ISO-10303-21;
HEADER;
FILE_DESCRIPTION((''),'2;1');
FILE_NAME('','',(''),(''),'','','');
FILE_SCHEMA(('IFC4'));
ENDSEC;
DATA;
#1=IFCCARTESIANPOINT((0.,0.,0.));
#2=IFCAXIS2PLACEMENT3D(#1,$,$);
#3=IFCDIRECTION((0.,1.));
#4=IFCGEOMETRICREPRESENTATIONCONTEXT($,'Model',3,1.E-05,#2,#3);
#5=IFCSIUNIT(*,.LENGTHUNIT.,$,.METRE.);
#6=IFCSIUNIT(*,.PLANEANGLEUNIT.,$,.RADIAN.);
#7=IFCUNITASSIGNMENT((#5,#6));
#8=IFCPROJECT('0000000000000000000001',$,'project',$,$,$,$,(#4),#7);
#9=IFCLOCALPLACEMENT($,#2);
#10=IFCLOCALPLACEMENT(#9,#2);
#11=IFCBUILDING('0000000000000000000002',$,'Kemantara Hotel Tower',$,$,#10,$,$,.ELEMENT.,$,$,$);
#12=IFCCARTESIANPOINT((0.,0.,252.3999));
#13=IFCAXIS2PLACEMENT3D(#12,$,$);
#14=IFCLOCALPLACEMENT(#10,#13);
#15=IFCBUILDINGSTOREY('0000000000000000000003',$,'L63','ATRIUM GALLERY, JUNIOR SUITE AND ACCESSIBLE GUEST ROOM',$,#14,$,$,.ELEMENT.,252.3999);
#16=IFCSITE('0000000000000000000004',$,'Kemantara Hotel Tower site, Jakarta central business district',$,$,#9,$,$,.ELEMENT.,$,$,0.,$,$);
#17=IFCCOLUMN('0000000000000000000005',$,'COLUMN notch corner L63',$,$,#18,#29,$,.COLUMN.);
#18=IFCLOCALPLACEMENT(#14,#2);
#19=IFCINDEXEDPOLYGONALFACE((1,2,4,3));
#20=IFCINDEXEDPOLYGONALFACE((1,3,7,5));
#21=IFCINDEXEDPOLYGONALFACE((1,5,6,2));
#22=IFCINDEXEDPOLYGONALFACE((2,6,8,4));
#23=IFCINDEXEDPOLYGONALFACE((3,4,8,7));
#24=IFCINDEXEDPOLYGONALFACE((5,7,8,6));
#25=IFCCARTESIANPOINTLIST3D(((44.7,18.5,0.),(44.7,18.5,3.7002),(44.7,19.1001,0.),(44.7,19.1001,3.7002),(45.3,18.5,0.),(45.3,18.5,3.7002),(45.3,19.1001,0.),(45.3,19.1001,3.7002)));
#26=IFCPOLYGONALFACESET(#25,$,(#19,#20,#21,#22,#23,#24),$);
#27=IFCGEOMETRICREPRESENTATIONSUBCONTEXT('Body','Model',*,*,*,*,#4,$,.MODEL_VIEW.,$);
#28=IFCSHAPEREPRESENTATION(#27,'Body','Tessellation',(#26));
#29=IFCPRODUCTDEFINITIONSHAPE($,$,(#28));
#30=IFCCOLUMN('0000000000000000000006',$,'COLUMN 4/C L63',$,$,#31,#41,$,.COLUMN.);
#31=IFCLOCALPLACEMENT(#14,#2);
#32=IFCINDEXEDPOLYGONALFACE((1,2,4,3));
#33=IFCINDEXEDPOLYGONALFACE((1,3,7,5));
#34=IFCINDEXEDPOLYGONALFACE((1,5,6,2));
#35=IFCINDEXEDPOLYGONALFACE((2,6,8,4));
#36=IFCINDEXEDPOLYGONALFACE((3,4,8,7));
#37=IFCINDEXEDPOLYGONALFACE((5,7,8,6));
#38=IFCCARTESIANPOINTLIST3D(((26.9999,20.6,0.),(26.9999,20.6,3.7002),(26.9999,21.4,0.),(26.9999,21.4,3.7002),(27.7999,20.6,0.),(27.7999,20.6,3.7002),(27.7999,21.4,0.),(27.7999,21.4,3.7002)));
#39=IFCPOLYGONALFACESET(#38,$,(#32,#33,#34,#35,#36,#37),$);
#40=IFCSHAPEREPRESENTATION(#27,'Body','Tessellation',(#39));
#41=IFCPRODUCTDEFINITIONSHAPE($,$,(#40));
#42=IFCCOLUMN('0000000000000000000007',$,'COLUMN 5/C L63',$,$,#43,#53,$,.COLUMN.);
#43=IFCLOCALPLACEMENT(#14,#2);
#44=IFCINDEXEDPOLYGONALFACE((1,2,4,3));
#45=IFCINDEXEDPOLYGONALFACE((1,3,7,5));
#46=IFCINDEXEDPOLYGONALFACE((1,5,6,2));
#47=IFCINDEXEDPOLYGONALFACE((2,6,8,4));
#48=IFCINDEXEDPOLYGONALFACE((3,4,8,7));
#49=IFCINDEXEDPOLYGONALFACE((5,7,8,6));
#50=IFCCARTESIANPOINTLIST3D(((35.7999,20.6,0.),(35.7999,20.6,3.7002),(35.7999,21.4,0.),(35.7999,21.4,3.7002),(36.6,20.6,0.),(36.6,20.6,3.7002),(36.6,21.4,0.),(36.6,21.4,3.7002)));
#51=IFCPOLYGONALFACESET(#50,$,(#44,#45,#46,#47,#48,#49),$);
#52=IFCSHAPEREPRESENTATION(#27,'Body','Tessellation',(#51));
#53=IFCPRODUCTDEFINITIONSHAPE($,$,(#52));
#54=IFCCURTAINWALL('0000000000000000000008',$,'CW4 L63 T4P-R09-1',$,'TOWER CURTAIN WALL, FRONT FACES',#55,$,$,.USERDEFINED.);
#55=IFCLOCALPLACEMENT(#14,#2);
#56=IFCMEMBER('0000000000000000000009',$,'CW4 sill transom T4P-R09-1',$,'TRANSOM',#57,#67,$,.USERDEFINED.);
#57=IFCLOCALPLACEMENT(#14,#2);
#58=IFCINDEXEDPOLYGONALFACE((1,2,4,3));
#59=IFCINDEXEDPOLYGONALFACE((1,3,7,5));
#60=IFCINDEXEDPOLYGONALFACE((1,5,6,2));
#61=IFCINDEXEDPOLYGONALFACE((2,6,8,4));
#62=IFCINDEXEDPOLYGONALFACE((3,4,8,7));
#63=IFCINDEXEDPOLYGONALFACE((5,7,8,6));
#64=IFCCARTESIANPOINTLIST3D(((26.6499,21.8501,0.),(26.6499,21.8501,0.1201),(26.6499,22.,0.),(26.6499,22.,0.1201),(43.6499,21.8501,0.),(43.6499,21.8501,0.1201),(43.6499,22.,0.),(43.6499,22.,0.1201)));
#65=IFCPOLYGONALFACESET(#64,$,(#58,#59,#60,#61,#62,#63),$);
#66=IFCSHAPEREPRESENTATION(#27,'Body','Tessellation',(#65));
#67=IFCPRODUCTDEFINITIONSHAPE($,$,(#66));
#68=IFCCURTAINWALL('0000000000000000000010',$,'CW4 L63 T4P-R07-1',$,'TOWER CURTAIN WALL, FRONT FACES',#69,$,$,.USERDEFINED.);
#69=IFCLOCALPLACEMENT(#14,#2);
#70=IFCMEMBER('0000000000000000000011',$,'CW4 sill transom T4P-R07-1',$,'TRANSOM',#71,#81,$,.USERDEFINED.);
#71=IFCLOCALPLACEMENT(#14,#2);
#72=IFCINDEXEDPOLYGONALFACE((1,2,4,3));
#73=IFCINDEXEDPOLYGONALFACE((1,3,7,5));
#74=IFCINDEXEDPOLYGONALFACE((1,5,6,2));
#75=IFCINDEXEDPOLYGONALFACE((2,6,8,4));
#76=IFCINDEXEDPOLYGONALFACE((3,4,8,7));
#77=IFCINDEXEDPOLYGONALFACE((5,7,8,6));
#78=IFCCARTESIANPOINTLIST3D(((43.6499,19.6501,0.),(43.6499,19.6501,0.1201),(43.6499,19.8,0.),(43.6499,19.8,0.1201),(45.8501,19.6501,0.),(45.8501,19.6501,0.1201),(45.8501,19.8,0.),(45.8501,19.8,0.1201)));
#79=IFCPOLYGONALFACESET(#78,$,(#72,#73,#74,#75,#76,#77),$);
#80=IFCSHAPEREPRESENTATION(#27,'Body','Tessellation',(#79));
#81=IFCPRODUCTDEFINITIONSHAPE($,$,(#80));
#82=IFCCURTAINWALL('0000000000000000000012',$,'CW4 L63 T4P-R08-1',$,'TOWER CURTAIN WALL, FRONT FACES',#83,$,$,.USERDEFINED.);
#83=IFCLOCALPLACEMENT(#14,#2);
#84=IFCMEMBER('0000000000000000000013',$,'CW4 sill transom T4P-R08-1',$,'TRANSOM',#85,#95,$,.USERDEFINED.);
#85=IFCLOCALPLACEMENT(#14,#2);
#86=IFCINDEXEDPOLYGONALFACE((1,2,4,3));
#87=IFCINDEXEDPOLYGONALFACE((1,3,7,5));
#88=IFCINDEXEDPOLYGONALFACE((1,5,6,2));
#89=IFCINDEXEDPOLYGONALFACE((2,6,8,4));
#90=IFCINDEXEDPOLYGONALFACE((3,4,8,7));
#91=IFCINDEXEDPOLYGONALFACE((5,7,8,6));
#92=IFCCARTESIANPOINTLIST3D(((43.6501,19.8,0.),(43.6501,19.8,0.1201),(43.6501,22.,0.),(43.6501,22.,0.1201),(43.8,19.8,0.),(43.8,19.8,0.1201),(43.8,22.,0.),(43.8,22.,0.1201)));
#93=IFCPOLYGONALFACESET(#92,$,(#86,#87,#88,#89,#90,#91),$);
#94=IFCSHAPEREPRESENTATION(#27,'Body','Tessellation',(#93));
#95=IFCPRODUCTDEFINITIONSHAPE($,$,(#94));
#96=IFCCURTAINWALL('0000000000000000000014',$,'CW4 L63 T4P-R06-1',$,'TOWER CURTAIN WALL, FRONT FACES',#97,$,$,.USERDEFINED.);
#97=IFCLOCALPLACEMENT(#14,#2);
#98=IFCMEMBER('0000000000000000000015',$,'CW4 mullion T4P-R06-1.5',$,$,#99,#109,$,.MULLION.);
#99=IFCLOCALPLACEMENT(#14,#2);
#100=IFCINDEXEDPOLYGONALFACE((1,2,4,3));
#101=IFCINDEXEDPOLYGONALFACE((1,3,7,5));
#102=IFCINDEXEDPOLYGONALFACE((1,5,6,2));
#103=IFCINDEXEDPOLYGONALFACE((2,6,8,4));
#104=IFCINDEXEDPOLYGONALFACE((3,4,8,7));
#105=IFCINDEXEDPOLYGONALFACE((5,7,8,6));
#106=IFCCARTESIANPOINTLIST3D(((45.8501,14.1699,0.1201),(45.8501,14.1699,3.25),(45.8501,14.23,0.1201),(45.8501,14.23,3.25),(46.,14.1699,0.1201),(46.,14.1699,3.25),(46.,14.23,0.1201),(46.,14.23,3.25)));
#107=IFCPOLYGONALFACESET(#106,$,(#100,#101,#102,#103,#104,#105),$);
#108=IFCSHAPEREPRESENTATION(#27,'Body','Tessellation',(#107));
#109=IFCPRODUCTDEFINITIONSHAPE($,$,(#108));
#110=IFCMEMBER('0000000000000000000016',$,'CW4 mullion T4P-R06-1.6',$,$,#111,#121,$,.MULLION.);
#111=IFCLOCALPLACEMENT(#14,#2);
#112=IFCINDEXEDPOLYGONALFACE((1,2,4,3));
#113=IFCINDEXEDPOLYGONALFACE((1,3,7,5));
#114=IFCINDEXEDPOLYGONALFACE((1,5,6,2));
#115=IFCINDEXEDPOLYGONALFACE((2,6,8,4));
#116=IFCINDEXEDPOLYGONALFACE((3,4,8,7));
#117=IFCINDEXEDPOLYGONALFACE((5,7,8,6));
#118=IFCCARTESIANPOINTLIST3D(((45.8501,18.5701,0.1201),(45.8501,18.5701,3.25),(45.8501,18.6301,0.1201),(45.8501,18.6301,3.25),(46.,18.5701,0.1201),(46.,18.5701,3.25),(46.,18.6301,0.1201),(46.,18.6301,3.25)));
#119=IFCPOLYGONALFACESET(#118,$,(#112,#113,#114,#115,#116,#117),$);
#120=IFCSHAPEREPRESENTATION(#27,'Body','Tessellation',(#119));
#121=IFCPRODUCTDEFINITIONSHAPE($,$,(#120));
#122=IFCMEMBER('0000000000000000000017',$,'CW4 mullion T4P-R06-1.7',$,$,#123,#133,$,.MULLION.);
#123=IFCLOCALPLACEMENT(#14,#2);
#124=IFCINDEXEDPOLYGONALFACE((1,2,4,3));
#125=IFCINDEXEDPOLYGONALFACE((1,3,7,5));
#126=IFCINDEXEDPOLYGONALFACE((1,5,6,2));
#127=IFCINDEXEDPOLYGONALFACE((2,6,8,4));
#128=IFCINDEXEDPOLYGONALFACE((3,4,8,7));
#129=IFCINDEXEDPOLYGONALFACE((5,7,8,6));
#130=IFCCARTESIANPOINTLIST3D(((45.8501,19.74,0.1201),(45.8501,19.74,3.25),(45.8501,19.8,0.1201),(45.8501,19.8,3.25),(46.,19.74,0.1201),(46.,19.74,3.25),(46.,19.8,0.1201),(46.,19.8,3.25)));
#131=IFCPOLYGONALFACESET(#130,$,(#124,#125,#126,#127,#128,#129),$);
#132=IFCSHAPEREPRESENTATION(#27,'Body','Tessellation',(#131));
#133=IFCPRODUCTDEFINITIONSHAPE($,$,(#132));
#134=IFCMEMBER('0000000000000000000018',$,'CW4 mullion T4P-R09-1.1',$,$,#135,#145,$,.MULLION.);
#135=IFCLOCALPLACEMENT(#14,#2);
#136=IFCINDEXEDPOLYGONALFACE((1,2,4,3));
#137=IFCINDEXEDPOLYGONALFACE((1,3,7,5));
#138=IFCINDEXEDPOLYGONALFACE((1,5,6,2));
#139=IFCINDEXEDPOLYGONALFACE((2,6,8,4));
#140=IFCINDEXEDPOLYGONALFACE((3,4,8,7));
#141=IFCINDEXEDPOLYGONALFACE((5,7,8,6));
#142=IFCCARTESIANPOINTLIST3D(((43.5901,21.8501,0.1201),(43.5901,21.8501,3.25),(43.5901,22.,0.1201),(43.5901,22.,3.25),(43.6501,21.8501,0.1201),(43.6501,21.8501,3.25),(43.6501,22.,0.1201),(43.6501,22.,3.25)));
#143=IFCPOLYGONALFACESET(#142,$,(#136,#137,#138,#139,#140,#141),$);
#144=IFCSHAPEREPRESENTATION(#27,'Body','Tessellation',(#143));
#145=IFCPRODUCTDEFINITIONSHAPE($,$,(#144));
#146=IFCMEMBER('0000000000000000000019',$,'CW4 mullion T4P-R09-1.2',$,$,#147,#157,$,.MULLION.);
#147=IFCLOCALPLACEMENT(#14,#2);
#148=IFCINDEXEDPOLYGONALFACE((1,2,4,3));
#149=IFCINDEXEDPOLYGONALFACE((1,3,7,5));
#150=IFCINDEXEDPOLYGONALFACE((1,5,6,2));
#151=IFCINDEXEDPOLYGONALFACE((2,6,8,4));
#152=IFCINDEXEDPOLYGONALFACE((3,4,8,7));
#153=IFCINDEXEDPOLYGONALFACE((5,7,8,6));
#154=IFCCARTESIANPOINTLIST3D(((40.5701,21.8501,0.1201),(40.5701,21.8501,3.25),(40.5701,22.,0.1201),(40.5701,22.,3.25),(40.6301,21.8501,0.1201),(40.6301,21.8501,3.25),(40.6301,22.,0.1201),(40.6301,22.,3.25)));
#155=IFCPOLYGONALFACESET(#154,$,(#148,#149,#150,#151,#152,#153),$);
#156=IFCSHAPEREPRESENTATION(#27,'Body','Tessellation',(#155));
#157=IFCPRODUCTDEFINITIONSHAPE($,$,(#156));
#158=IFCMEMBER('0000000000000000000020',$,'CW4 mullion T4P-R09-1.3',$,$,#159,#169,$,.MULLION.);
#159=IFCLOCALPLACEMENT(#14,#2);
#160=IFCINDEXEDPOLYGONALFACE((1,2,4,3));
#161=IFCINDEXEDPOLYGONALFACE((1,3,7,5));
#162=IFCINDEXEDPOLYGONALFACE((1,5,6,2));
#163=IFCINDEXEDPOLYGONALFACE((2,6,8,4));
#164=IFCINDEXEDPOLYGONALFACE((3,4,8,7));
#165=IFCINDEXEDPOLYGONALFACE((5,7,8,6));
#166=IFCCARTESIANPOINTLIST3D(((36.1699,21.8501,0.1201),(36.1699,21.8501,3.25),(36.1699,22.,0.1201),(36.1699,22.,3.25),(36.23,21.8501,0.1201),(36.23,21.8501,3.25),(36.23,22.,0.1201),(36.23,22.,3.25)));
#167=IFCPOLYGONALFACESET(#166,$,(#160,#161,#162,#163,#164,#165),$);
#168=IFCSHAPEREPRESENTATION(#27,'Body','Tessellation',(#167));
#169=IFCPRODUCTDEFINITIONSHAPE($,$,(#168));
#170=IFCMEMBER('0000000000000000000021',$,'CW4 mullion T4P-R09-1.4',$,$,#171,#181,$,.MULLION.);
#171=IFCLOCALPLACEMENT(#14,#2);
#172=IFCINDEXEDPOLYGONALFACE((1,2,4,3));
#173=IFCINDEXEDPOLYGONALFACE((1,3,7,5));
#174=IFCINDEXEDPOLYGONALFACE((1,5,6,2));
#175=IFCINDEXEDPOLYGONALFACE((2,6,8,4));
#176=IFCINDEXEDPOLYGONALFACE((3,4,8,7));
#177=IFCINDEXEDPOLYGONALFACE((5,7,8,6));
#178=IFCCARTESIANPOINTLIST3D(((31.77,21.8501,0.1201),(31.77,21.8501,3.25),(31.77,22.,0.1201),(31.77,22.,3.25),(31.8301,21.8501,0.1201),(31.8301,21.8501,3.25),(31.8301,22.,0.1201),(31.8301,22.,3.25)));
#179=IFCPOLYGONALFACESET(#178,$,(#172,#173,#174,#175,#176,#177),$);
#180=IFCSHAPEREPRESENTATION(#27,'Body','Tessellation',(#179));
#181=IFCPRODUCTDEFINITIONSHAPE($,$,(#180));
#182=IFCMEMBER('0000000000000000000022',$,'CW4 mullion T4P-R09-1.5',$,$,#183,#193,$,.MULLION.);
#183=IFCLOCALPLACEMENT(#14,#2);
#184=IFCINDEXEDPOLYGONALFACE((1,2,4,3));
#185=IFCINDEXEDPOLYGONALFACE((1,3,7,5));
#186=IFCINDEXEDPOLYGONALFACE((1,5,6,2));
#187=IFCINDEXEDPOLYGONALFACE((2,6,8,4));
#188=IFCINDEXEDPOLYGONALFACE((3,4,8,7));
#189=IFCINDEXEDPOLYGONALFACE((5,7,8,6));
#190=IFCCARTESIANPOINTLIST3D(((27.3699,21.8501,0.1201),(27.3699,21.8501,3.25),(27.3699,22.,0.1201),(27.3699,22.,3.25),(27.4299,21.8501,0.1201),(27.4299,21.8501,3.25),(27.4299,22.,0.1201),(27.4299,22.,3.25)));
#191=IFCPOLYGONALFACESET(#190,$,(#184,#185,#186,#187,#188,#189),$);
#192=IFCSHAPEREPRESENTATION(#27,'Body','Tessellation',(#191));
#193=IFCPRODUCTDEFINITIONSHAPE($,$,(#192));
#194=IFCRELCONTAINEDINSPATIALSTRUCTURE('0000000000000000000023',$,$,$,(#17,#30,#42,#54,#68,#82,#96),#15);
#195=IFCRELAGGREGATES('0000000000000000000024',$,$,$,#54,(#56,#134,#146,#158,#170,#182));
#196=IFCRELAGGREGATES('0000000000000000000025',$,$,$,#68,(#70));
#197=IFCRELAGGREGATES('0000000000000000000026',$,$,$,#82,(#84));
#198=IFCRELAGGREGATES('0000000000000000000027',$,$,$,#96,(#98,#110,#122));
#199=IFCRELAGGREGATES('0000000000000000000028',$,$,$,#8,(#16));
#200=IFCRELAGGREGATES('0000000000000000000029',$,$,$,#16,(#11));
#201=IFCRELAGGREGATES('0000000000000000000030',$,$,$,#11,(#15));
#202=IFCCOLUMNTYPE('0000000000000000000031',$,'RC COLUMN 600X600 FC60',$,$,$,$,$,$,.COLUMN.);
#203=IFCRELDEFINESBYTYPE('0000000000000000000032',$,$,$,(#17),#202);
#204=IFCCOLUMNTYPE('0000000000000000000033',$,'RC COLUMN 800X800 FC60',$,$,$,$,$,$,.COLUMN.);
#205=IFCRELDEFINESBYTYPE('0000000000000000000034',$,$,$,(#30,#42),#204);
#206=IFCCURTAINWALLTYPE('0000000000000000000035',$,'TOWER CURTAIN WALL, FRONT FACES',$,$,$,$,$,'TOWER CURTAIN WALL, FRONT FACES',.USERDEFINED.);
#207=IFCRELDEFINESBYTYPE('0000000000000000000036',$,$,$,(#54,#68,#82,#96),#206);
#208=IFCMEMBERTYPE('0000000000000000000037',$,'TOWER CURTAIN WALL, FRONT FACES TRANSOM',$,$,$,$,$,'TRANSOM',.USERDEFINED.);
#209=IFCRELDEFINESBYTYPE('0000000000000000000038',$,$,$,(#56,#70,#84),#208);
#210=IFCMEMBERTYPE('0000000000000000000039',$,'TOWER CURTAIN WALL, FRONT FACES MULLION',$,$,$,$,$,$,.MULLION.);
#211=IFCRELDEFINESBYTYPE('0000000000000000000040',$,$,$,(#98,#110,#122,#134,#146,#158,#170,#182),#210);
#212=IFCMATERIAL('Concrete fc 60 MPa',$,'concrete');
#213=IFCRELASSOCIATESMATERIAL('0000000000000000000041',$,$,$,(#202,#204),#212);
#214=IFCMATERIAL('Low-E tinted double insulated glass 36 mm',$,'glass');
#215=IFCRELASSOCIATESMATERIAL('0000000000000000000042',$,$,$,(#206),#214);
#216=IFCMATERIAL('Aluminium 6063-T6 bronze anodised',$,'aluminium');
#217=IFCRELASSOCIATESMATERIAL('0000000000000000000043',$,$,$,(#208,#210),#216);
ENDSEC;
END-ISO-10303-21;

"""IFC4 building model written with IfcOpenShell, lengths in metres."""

from ifc_helpers import new_model, si_unit, direction, frame, origin, origin_2d, place, context, subcontext, project, spatial, rectangle, extrude, source, transform, mapped, material, material_profile, profile_set, type_object, element, aggregate, save


model = new_model("IFC4")

# Units and contexts
model_context = context("Model", 3, precision=1e-05, world=origin(), true_north=direction((0.0, 1.0)))
body_context = subcontext(model_context, "Body", "Model", "MODEL_VIEW")
ifc_project = project(units=[si_unit("LENGTHUNIT", "METRE"), si_unit("PLANEANGLEUNIT", "RADIAN")], contexts=[model_context])

# Site, building, storey
site_placement = place(None, origin())
site = spatial("IfcSite", under=ifc_project, at=site_placement, Name="Kemantara Hotel Tower site, Jakarta central business district", CompositionType="ELEMENT", RefElevation=0.0)
building_placement = place(site_placement, origin())
building = spatial("IfcBuilding", under=site, at=building_placement, Name="Kemantara Hotel Tower", CompositionType="ELEMENT")
storey_placement = place(building_placement, frame((0.0, 0.0, 252.3999)))
storey = spatial("IfcBuildingStorey", under=building, at=storey_placement, Name="L63", Description="ATRIUM GALLERY, JUNIOR SUITE AND ACCESSIBLE GUEST ROOM", CompositionType="ELEMENT", Elevation=252.3999)

# Columns
ifc_material_1 = material(Name="Concrete fc 60 MPa", Category="concrete")
ifc_material_profile_1 = material_profile(ifc_material_1, rectangle(XDim=0.6001, YDim=0.6001, at=origin_2d()), Name="RC 600X600")
ifc_profile_set_1 = profile_set([ifc_material_profile_1], Name="Concrete fc 60 MPa")
column_type_1 = type_object("IfcColumnType", Name="RC COLUMN 600X600 FC60", PredefinedType="COLUMN", material=ifc_profile_set_1)
column_placement = place(storey_placement, frame((45.0, 18.8, 0.0), z_axis=(0.0, 0.0, 1.0), x_axis=(1.0, 0.0, 0.0)))
element("IfcColumn", 1, at=column_placement, inside=storey, type_object=column_type_1, Name="COLUMN notch corner L63", PredefinedType="COLUMN", context=body_context, shape_type="SweptSolid", body=[
    extrude(rectangle(XDim=0.6001, YDim=0.6001, at=origin_2d()), origin(), (0.0, 0.0, 1.0), 3.7002),
])
ifc_material_profile_2 = material_profile(ifc_material_1, rectangle(XDim=0.8, YDim=0.8, at=origin_2d()), Name="RC 800X800")
ifc_profile_set_2 = profile_set([ifc_material_profile_2], Name="Concrete fc 60 MPa")
column_type_2 = type_object("IfcColumnType", Name="RC COLUMN 800X800 FC60", PredefinedType="COLUMN", material=ifc_profile_set_2)
for number, where, z_axis, x_axis, name in (
    (2, (27.3999, 21.0, 0.0), (0.0, 0.0, 1.0), (1.0, 0.0, 0.0), "COLUMN 4/C L63"),
    (3, (36.2, 21.0, 0.0), (0.0, 0.0, 1.0), (1.0, 0.0, 0.0), "COLUMN 5/C L63"),
):
    element("IfcColumn", number, at=place(storey_placement, frame(where, z_axis=z_axis, x_axis=x_axis)), inside=storey, type_object=column_type_2, Name=name, PredefinedType="COLUMN", context=body_context, shape_type="SweptSolid", body=[
        extrude(rectangle(XDim=0.8, YDim=0.8, at=origin_2d()), origin(), (0.0, 0.0, 1.0), 3.7002),
    ])

# Curtain walls, members
ifc_material_2 = material(Name="Low-E tinted double insulated glass 36 mm", Category="glass")
curtain_wall_type = type_object("IfcCurtainWallType", Name="TOWER CURTAIN WALL, FRONT FACES", ElementType="TOWER CURTAIN WALL, FRONT FACES", PredefinedType="USERDEFINED", material=ifc_material_2)
curtain_wall_1_placement = place(storey_placement, origin())
curtain_wall_1 = element("IfcCurtainWall", 4, at=curtain_wall_1_placement, inside=storey, type_object=curtain_wall_type, Name="CW4 L63 T4P-R09-1", ObjectType="TOWER CURTAIN WALL, FRONT FACES", PredefinedType="USERDEFINED")
ifc_material_3 = material(Name="Aluminium 6063-T6 bronze anodised", Category="aluminium")
ifc_material_profile_3 = material_profile(ifc_material_3, rectangle(XDim=0.1499, YDim=0.1201, at=origin_2d()), Name="TOWER CURTAIN WALL, FRONT FACES TRANSOM")
ifc_profile_set_3 = profile_set([ifc_material_profile_3], Name="Aluminium 6063-T6 bronze anodised")
member_type_1 = type_object("IfcMemberType", Name="TOWER CURTAIN WALL, FRONT FACES TRANSOM", ElementType="TRANSOM", PredefinedType="USERDEFINED", material=ifc_profile_set_3)
member_1_placement = place(storey_placement, frame((43.6499, 21.925, 0.0601), z_axis=(-1.0, 0.0, 0.0), x_axis=(0.0, -1.0, 0.0)))
member_1 = element("IfcMember", 5, at=member_1_placement, type_object=member_type_1, Name="CW4 sill transom T4P-R09-1", ObjectType="TRANSOM", PredefinedType="USERDEFINED", context=body_context, shape_type="SweptSolid", body=[
    extrude(rectangle(XDim=0.1499, YDim=0.1201, at=origin_2d()), origin(), (0.0, 0.0, 1.0), 17.0),
])
curtain_wall_2_placement = place(storey_placement, origin())
curtain_wall_2 = element("IfcCurtainWall", 6, at=curtain_wall_2_placement, inside=storey, type_object=curtain_wall_type, Name="CW4 L63 T4P-R07-1", ObjectType="TOWER CURTAIN WALL, FRONT FACES", PredefinedType="USERDEFINED")
member_2_placement = place(storey_placement, frame((45.8501, 19.7251, 0.0601), z_axis=(-1.0, 0.0, 0.0), x_axis=(0.0, -1.0, 0.0)))
member_2 = element("IfcMember", 7, at=member_2_placement, type_object=member_type_1, Name="CW4 sill transom T4P-R07-1", ObjectType="TRANSOM", PredefinedType="USERDEFINED", context=body_context, shape_type="SweptSolid", body=[
    extrude(rectangle(XDim=0.1499, YDim=0.1201, at=origin_2d()), origin(), (0.0, 0.0, 1.0), 2.2002),
])
curtain_wall_3_placement = place(storey_placement, origin())
curtain_wall_3 = element("IfcCurtainWall", 8, at=curtain_wall_3_placement, inside=storey, type_object=curtain_wall_type, Name="CW4 L63 T4P-R08-1", ObjectType="TOWER CURTAIN WALL, FRONT FACES", PredefinedType="USERDEFINED")
member_3_placement = place(storey_placement, frame((43.7251, 19.8, 0.0601), z_axis=(0.0, 1.0, 0.0), x_axis=(-1.0, 0.0, 0.0)))
member_3 = element("IfcMember", 9, at=member_3_placement, type_object=member_type_1, Name="CW4 sill transom T4P-R08-1", ObjectType="TRANSOM", PredefinedType="USERDEFINED", context=body_context, shape_type="SweptSolid", body=[
    extrude(rectangle(XDim=0.1499, YDim=0.1201, at=origin_2d()), origin(), (0.0, 0.0, 1.0), 2.2),
])

# Curtain wall, members
curtain_wall_4_placement = place(storey_placement, origin())
curtain_wall_4 = element("IfcCurtainWall", 10, at=curtain_wall_4_placement, inside=storey, type_object=curtain_wall_type, Name="CW4 L63 T4P-R06-1", ObjectType="TOWER CURTAIN WALL, FRONT FACES", PredefinedType="USERDEFINED")
ifc_material_profile_4 = material_profile(ifc_material_3, rectangle(XDim=0.1499, YDim=0.0601, at=origin_2d()), Name="TOWER CURTAIN WALL, FRONT FACES MULLION")
ifc_profile_set_4 = profile_set([ifc_material_profile_4], Name="Aluminium 6063-T6 bronze anodised")
member_type_2 = type_object("IfcMemberType", Name="TOWER CURTAIN WALL, FRONT FACES MULLION", PredefinedType="MULLION", material=ifc_profile_set_4)
shared_shape_1 = source(origin(), body_context, "Body", "SweptSolid", [
    extrude(rectangle(XDim=0.1499, YDim=0.0601, at=origin_2d()), origin(), (0.0, 0.0, 1.0), 3.1299),
])
member_4_placement = place(storey_placement, frame((45.925, 14.2, 0.1201), z_axis=(0.0, 0.0, 1.0), x_axis=(-1.0, 0.0, 0.0)))
member_4 = element("IfcMember", 11, at=member_4_placement, type_object=member_type_2, Name="CW4 mullion T4P-R06-1.5", PredefinedType="MULLION", context=body_context, shape_type="MappedRepresentation", body=[
    mapped(shared_shape_1, transform((0.0, 0.0, 0.0))),
])
member_5_placement = place(storey_placement, frame((45.925, 18.6001, 0.1201), z_axis=(0.0, 0.0, 1.0), x_axis=(-1.0, 0.0, 0.0)))
member_5 = element("IfcMember", 12, at=member_5_placement, type_object=member_type_2, Name="CW4 mullion T4P-R06-1.6", PredefinedType="MULLION", context=body_context, shape_type="MappedRepresentation", body=[
    mapped(shared_shape_1, transform((0.0, 0.0, 0.0))),
])
member_6_placement = place(storey_placement, frame((45.925, 19.77, 0.1201), z_axis=(0.0, 0.0, 1.0), x_axis=(-1.0, 0.0, 0.0)))
member_6 = element("IfcMember", 13, at=member_6_placement, type_object=member_type_2, Name="CW4 mullion T4P-R06-1.7", PredefinedType="MULLION", context=body_context, shape_type="MappedRepresentation", body=[
    mapped(shared_shape_1, transform((0.0, 0.0, 0.0))),
])

# Members
member_7_placement = place(storey_placement, frame((43.6201, 21.925, 0.1201), z_axis=(0.0, 0.0, 1.0), x_axis=(0.0, -1.0, 0.0)))
member_7 = element("IfcMember", 14, at=member_7_placement, type_object=member_type_2, Name="CW4 mullion T4P-R09-1.1", PredefinedType="MULLION", context=body_context, shape_type="MappedRepresentation", body=[
    mapped(shared_shape_1, transform((0.0, 0.0, 0.0))),
])
member_8_placement = place(storey_placement, frame((40.6001, 21.925, 0.1201), z_axis=(0.0, 0.0, 1.0), x_axis=(0.0, -1.0, 0.0)))
member_8 = element("IfcMember", 15, at=member_8_placement, type_object=member_type_2, Name="CW4 mullion T4P-R09-1.2", PredefinedType="MULLION", context=body_context, shape_type="MappedRepresentation", body=[
    mapped(shared_shape_1, transform((0.0, 0.0, 0.0))),
])
member_9_placement = place(storey_placement, frame((36.2, 21.925, 0.1201), z_axis=(0.0, 0.0, 1.0), x_axis=(0.0, -1.0, 0.0)))
member_9 = element("IfcMember", 16, at=member_9_placement, type_object=member_type_2, Name="CW4 mullion T4P-R09-1.3", PredefinedType="MULLION", context=body_context, shape_type="MappedRepresentation", body=[
    mapped(shared_shape_1, transform((0.0, 0.0, 0.0))),
])
member_10_placement = place(storey_placement, frame((31.8, 21.925, 0.1201), z_axis=(0.0, 0.0, 1.0), x_axis=(0.0, -1.0, 0.0)))
member_10 = element("IfcMember", 17, at=member_10_placement, type_object=member_type_2, Name="CW4 mullion T4P-R09-1.4", PredefinedType="MULLION", context=body_context, shape_type="MappedRepresentation", body=[
    mapped(shared_shape_1, transform((0.0, 0.0, 0.0))),
])
member_11_placement = place(storey_placement, frame((27.3999, 21.925, 0.1201), z_axis=(0.0, 0.0, 1.0), x_axis=(0.0, -1.0, 0.0)))
member_11 = element("IfcMember", 18, at=member_11_placement, type_object=member_type_2, Name="CW4 mullion T4P-R09-1.5", PredefinedType="MULLION", context=body_context, shape_type="MappedRepresentation", body=[
    mapped(shared_shape_1, transform((0.0, 0.0, 0.0))),
])

aggregate(curtain_wall_1, [member_1, member_7, member_8, member_9, member_10, member_11])
aggregate(curtain_wall_2, [member_2])
aggregate(curtain_wall_3, [member_3])
aggregate(curtain_wall_4, [member_4, member_5, member_6])

save(model, "model.ifc")
